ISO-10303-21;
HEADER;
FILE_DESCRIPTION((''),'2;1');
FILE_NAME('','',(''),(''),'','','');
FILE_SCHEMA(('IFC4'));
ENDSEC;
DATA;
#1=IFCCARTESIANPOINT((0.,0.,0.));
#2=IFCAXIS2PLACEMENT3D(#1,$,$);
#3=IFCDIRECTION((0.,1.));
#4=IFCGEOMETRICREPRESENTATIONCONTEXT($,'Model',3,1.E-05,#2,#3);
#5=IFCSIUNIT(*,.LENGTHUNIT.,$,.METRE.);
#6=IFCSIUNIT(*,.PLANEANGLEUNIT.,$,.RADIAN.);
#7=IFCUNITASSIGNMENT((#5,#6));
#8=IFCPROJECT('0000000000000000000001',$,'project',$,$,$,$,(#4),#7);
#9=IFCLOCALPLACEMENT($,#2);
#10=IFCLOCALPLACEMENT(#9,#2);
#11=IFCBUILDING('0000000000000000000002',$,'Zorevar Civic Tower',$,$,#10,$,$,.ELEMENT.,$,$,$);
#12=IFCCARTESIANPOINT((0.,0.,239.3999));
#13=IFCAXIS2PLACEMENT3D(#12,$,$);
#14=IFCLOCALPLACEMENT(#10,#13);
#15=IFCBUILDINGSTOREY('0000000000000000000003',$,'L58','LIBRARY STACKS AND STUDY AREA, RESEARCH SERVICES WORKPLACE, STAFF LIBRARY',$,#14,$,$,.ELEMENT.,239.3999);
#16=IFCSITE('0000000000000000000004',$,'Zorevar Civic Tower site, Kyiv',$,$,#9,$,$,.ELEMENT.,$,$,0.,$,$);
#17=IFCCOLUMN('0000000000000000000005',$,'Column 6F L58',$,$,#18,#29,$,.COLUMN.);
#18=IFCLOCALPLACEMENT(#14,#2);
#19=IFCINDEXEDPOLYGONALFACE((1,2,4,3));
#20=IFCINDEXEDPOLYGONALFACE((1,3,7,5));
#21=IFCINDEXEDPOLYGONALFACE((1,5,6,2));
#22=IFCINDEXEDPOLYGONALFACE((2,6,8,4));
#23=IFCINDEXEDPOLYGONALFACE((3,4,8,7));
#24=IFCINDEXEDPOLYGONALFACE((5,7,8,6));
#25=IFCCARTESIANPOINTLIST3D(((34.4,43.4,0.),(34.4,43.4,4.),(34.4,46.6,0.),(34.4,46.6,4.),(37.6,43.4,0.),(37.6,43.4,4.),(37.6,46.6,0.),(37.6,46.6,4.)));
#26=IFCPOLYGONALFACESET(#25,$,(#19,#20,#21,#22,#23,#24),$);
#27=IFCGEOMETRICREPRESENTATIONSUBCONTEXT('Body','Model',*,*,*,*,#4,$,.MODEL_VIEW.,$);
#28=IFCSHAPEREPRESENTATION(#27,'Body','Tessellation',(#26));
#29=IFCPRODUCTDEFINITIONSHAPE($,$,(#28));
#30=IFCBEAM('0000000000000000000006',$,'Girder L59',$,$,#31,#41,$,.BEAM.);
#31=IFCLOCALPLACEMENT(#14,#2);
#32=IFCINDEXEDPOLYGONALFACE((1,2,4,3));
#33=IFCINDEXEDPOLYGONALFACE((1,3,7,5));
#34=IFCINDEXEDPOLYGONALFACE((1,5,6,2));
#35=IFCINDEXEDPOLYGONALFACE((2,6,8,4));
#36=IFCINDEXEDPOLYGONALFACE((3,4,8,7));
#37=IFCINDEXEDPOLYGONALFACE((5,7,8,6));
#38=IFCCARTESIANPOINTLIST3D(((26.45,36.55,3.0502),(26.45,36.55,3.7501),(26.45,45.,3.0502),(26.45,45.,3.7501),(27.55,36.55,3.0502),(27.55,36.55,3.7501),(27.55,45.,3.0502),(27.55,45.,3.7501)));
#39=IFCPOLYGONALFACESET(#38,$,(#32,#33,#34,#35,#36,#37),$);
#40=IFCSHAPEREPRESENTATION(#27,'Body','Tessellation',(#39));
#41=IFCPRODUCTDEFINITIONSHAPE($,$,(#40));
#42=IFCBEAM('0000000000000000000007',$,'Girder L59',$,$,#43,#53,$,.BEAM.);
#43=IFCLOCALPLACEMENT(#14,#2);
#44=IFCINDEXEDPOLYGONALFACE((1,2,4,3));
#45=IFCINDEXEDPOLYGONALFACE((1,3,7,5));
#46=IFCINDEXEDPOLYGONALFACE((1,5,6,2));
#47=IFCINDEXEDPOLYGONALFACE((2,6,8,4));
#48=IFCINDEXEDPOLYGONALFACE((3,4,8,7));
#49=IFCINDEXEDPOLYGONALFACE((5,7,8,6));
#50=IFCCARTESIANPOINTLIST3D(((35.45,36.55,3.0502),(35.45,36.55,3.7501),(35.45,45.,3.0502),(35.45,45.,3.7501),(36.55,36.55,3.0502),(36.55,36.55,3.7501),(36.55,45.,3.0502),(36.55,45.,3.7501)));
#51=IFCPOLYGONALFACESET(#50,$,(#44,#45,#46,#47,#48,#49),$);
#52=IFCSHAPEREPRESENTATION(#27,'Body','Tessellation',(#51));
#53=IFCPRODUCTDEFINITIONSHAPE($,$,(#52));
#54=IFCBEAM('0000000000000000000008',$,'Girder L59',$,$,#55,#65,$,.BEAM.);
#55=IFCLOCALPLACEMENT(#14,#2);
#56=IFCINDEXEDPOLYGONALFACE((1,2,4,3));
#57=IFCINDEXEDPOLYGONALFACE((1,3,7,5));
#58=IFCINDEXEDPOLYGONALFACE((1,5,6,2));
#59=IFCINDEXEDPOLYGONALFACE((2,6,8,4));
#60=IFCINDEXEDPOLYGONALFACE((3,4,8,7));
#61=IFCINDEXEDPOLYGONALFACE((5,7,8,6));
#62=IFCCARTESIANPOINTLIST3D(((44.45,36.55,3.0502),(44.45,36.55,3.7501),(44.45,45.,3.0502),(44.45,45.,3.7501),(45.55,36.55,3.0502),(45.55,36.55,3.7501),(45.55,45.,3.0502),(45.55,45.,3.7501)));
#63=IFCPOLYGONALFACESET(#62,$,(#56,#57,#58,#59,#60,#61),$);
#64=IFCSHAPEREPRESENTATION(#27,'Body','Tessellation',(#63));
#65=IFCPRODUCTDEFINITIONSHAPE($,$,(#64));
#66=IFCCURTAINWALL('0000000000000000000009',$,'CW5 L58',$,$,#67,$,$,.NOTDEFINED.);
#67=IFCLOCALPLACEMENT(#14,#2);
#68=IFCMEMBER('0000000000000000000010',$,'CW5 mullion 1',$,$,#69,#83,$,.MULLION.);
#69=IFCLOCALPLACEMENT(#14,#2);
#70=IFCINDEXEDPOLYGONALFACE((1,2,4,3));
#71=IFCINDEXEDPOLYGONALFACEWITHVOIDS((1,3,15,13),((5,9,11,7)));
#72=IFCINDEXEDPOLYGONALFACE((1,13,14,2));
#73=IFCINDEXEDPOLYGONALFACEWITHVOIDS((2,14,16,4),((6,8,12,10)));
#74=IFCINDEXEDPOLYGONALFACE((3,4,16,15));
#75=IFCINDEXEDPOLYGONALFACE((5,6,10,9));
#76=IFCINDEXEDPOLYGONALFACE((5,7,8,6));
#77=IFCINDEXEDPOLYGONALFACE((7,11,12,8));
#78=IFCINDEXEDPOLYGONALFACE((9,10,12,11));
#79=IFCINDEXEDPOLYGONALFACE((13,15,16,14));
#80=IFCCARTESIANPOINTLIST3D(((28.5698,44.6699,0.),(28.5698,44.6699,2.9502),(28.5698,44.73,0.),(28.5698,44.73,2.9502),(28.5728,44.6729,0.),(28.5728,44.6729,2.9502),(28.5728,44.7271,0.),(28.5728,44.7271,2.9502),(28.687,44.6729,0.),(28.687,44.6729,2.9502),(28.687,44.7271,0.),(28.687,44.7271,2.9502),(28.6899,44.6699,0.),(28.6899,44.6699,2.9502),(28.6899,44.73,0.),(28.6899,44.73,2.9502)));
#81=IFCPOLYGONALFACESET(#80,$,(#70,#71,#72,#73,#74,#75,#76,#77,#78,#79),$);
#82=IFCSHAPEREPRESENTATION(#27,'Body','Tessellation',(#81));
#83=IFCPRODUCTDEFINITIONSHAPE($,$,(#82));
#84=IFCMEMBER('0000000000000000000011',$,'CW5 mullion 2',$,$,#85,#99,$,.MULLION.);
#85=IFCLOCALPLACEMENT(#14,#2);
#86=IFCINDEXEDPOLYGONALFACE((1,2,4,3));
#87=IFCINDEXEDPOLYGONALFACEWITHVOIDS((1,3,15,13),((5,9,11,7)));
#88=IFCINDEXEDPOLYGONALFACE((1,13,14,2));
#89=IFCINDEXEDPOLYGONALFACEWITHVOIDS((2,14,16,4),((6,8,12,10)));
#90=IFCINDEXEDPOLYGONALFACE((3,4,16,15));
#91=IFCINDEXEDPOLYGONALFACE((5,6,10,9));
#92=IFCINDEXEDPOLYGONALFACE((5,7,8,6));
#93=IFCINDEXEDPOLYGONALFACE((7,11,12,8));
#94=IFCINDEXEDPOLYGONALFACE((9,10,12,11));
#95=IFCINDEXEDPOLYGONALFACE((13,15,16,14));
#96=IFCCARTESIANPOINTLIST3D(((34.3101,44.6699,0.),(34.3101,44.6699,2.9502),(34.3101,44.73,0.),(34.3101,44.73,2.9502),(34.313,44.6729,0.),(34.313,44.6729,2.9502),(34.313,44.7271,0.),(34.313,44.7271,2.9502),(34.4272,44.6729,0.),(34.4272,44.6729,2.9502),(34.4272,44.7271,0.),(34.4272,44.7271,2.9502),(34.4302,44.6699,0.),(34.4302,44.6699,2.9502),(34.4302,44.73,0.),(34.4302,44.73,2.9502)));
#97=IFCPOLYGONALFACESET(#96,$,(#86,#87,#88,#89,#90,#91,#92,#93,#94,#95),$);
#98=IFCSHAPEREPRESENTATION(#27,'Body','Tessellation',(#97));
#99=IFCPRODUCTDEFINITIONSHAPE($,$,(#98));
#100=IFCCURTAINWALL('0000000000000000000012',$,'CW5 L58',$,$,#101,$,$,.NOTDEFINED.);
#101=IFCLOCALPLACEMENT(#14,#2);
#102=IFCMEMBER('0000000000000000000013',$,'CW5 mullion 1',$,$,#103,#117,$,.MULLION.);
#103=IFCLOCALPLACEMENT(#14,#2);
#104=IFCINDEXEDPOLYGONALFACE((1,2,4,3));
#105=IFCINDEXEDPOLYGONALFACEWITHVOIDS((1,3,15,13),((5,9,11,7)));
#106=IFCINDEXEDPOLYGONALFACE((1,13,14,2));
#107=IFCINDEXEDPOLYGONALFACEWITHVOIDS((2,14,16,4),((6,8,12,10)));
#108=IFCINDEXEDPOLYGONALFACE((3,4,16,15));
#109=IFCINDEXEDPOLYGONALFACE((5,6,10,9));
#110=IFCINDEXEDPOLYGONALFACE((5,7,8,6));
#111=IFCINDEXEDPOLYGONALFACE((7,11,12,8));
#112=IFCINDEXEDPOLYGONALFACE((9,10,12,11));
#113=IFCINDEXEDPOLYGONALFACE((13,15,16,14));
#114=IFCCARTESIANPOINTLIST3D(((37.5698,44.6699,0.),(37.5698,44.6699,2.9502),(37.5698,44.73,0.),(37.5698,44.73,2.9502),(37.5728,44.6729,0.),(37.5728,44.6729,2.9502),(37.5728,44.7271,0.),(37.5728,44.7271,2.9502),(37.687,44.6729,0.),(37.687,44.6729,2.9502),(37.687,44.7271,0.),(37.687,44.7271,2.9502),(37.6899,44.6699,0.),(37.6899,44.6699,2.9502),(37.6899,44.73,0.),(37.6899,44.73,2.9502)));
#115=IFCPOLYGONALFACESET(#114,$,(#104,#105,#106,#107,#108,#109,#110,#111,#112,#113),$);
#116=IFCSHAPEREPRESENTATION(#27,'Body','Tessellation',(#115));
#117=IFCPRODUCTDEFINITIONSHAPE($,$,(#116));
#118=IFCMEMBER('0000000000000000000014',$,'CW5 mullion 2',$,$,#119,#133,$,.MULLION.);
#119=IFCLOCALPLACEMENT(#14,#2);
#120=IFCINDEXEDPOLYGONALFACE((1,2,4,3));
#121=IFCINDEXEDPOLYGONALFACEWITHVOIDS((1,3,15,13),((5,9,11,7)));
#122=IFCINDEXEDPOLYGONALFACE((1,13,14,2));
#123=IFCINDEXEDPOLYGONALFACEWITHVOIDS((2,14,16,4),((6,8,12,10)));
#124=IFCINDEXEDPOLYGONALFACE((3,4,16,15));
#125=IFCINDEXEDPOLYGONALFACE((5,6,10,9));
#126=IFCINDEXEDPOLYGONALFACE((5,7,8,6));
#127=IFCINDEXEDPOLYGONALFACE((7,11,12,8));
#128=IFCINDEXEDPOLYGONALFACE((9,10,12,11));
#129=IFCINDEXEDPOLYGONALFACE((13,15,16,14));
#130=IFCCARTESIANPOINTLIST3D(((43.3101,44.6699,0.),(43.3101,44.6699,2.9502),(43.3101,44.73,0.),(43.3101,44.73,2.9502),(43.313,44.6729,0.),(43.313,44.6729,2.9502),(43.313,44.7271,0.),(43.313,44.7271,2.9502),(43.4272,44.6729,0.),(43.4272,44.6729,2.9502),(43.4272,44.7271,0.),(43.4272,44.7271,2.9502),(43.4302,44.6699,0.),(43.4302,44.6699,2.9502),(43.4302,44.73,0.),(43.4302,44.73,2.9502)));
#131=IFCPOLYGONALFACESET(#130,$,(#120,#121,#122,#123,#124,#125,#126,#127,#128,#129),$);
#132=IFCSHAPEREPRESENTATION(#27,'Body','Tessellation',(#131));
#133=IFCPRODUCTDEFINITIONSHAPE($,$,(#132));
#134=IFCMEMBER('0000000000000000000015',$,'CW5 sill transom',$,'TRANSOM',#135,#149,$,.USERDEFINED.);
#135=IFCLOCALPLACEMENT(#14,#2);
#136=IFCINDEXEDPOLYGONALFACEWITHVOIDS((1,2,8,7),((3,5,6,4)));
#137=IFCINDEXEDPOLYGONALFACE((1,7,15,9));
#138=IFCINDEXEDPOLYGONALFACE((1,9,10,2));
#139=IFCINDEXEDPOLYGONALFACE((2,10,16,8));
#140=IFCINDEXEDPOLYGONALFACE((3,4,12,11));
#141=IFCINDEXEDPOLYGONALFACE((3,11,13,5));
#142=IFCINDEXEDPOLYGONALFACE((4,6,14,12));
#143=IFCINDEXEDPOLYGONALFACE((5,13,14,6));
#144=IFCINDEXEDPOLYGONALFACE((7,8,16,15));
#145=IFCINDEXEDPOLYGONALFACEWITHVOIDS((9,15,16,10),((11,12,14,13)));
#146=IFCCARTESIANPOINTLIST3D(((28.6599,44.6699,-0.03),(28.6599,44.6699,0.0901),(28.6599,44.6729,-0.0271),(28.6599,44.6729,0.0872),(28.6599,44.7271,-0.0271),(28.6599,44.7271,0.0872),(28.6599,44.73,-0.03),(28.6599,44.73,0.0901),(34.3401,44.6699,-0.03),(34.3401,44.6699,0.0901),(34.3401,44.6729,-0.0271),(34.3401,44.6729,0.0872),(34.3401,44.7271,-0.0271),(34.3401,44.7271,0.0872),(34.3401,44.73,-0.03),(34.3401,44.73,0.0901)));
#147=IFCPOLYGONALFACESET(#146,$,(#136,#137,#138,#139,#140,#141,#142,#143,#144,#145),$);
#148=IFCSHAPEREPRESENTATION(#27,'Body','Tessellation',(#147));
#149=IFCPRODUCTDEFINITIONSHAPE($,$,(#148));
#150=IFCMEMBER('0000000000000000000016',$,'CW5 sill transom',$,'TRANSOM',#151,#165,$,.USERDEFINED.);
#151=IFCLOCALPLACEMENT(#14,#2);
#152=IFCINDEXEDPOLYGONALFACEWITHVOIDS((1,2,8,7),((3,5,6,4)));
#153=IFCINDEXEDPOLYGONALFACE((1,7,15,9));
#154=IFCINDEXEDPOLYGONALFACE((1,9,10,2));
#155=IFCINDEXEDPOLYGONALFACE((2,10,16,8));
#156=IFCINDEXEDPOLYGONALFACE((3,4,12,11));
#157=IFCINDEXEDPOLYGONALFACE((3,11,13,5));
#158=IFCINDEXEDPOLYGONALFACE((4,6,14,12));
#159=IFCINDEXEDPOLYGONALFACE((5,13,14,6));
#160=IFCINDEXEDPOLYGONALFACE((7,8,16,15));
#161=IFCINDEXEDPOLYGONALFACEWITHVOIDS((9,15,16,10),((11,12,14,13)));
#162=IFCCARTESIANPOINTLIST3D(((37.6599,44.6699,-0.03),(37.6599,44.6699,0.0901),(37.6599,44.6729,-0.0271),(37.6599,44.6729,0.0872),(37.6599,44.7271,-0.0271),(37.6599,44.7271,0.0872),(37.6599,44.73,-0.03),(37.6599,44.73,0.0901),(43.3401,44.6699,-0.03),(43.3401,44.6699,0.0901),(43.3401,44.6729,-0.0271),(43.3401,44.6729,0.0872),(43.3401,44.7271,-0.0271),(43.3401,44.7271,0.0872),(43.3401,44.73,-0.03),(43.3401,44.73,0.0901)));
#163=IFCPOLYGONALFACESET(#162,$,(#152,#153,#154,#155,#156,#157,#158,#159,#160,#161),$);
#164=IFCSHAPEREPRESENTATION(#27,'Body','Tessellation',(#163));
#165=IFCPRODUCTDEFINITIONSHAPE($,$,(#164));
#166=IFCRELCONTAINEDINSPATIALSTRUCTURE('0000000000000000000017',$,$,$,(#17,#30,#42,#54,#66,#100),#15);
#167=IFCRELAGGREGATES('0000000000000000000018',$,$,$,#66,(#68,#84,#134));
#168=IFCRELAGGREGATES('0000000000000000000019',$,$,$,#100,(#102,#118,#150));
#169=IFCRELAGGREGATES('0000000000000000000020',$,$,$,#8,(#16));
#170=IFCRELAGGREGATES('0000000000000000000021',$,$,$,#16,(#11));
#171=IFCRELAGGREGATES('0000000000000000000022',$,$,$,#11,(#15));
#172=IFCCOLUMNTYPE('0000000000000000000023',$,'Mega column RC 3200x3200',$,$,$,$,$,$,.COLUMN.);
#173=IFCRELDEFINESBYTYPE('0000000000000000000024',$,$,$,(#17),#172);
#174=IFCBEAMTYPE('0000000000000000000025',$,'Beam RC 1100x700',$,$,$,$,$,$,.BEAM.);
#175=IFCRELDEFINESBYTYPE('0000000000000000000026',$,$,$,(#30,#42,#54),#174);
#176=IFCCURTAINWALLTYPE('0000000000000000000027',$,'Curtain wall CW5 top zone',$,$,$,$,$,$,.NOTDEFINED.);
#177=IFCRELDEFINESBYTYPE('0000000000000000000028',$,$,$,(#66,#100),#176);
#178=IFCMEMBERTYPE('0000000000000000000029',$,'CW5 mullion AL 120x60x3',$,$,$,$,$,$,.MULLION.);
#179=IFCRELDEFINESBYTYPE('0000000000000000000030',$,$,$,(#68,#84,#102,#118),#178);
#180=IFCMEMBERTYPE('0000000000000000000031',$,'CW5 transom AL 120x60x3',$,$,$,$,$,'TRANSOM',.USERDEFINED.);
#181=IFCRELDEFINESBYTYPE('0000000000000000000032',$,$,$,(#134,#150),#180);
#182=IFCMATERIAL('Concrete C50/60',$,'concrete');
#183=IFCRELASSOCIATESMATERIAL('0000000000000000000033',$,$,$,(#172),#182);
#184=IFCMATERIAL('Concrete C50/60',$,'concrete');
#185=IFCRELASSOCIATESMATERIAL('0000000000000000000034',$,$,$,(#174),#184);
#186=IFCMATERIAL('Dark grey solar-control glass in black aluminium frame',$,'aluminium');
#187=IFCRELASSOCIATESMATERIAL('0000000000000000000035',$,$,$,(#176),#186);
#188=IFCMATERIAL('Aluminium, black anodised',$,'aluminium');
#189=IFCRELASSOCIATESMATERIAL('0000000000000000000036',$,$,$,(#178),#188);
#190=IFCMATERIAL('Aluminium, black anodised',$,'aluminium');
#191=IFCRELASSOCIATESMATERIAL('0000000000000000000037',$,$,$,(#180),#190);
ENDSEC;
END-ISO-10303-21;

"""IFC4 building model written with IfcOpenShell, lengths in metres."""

from ifc_helpers import new_model, si_unit, direction, frame, origin, origin_2d, place, context, subcontext, project, spatial, rectangle, hollow_rectangle, extrude, material, material_profile, profile_set, type_object, element, aggregate, save


model = new_model("IFC4")

# Units and contexts
model_context = context("Model", 3, precision=1e-05, world=origin(), true_north=direction((0.0, 1.0)))
body_context = subcontext(model_context, "Body", "Model", "MODEL_VIEW")
ifc_project = project(units=[si_unit("LENGTHUNIT", "METRE"), si_unit("PLANEANGLEUNIT", "RADIAN")], contexts=[model_context])

# Site, building, storey
site_placement = place(None, origin())
site = spatial("IfcSite", under=ifc_project, at=site_placement, Name="Zorevar Civic Tower site, Kyiv", CompositionType="ELEMENT", RefElevation=0.0)
building_placement = place(site_placement, origin())
building = spatial("IfcBuilding", under=site, at=building_placement, Name="Zorevar Civic Tower", CompositionType="ELEMENT")
storey_placement = place(building_placement, frame((0.0, 0.0, 239.3999)))
storey = spatial("IfcBuildingStorey", under=building, at=storey_placement, Name="L58", Description="LIBRARY STACKS AND STUDY AREA, RESEARCH SERVICES WORKPLACE, STAFF LIBRARY", CompositionType="ELEMENT", Elevation=239.3999)

# Column
ifc_material_1 = material(Name="Concrete C50/60", Category="concrete")
ifc_material_profile_1 = material_profile(ifc_material_1, rectangle(XDim=3.2, YDim=3.2, at=origin_2d()), Name="RC 3200x3200")
ifc_profile_set_1 = profile_set([ifc_material_profile_1], Name="Concrete C50/60")
column_type = type_object("IfcColumnType", Name="Mega column RC 3200x3200", PredefinedType="COLUMN", material=ifc_profile_set_1)
column_placement = place(storey_placement, frame((36.0, 45.0, 0.0), z_axis=(0.0, 0.0, 1.0), x_axis=(1.0, 0.0, 0.0)))
element("IfcColumn", 1, at=column_placement, inside=storey, type_object=column_type, Name="Column 6F L58", PredefinedType="COLUMN", context=body_context, shape_type="SweptSolid", body=[
    extrude(rectangle(XDim=3.2, YDim=3.2, at=origin_2d()), origin(), (0.0, 0.0, 1.0), 4.0),
])

# Beams
ifc_material_2 = material(Name="Concrete C50/60", Category="concrete")
ifc_material_profile_2 = material_profile(ifc_material_2, rectangle(XDim=1.1001, YDim=0.7, at=origin_2d()), Name="RC 1100x700")
ifc_profile_set_2 = profile_set([ifc_material_profile_2], Name="Concrete C50/60")
beam_type_1 = type_object("IfcBeamType", Name="Beam RC 1100x700", PredefinedType="BEAM", material=ifc_profile_set_2)
for number, where, z_axis, x_axis, name in (
    (2, (27.0, 36.55, 3.4001), (0.0, 1.0, 0.0), (-1.0, 0.0, 0.0), "Girder L59"),
    (3, (36.0, 36.55, 3.4001), (0.0, 1.0, 0.0), (-1.0, 0.0, 0.0), "Girder L59"),
    (4, (45.0, 36.55, 3.4001), (0.0, 1.0, 0.0), (-1.0, 0.0, 0.0), "Girder L59"),
):
    element("IfcBeam", number, at=place(storey_placement, frame(where, z_axis=z_axis, x_axis=x_axis)), inside=storey, type_object=beam_type_1, Name=name, PredefinedType="BEAM", context=body_context, shape_type="SweptSolid", body=[
        extrude(rectangle(XDim=1.1001, YDim=0.7, at=origin_2d()), origin(), (0.0, 0.0, 1.0), 8.45),
    ])

# Curtain walls, members
ifc_material_3 = material(Name="Dark grey solar-control glass in black aluminium frame", Category="aluminium")
curtain_wall_type = type_object("IfcCurtainWallType", Name="Curtain wall CW5 top zone", PredefinedType="NOTDEFINED", material=ifc_material_3)
curtain_wall_1_placement = place(storey_placement, origin())
curtain_wall_1 = element("IfcCurtainWall", 5, at=curtain_wall_1_placement, inside=storey, type_object=curtain_wall_type, Name="CW5 L58", PredefinedType="NOTDEFINED")
ifc_material_4 = material(Name="Aluminium, black anodised", Category="aluminium")
ifc_material_profile_3 = material_profile(ifc_material_4, hollow_rectangle(XDim=0.0601, YDim=0.1201, WallThickness=0.0029, at=origin_2d()), Name="AL 120x60x3")
ifc_profile_set_3 = profile_set([ifc_material_profile_3], Name="Aluminium, black anodised")
member_type_1 = type_object("IfcMemberType", Name="CW5 mullion AL 120x60x3", PredefinedType="MULLION", material=ifc_profile_set_3)
member_1_placement = place(storey_placement, frame((28.6299, 44.7, 0.0), z_axis=(0.0, 0.0, 1.0), x_axis=(0.0, 1.0, 0.0)))
member_1 = element("IfcMember", 6, at=member_1_placement, type_object=member_type_1, Name="CW5 mullion 1", PredefinedType="MULLION", context=body_context, shape_type="SweptSolid", body=[
    extrude(hollow_rectangle(XDim=0.0601, YDim=0.1201, WallThickness=0.0029, at=origin_2d()), origin(), (0.0, 0.0, 1.0), 2.9502),
])
member_2_placement = place(storey_placement, frame((34.3701, 44.7, 0.0), z_axis=(0.0, 0.0, 1.0), x_axis=(0.0, 1.0, 0.0)))
member_2 = element("IfcMember", 7, at=member_2_placement, type_object=member_type_1, Name="CW5 mullion 2", PredefinedType="MULLION", context=body_context, shape_type="SweptSolid", body=[
    extrude(hollow_rectangle(XDim=0.0601, YDim=0.1201, WallThickness=0.0029, at=origin_2d()), origin(), (0.0, 0.0, 1.0), 2.9502),
])
curtain_wall_2_placement = place(storey_placement, origin())
curtain_wall_2 = element("IfcCurtainWall", 8, at=curtain_wall_2_placement, inside=storey, type_object=curtain_wall_type, Name="CW5 L58", PredefinedType="NOTDEFINED")
member_3_placement = place(storey_placement, frame((37.6299, 44.7, 0.0), z_axis=(0.0, 0.0, 1.0), x_axis=(0.0, 1.0, 0.0)))
member_3 = element("IfcMember", 9, at=member_3_placement, type_object=member_type_1, Name="CW5 mullion 1", PredefinedType="MULLION", context=body_context, shape_type="SweptSolid", body=[
    extrude(hollow_rectangle(XDim=0.0601, YDim=0.1201, WallThickness=0.0029, at=origin_2d()), origin(), (0.0, 0.0, 1.0), 2.9502),
])
member_4_placement = place(storey_placement, frame((43.3701, 44.7, 0.0), z_axis=(0.0, 0.0, 1.0), x_axis=(0.0, 1.0, 0.0)))
member_4 = element("IfcMember", 10, at=member_4_placement, type_object=member_type_1, Name="CW5 mullion 2", PredefinedType="MULLION", context=body_context, shape_type="SweptSolid", body=[
    extrude(hollow_rectangle(XDim=0.0601, YDim=0.1201, WallThickness=0.0029, at=origin_2d()), origin(), (0.0, 0.0, 1.0), 2.9502),
])

# Members
ifc_material_5 = material(Name="Aluminium, black anodised", Category="aluminium")
ifc_material_profile_4 = material_profile(ifc_material_5, hollow_rectangle(XDim=0.0601, YDim=0.1201, WallThickness=0.0029, at=origin_2d()), Name="AL 120x60x3")
ifc_profile_set_4 = profile_set([ifc_material_profile_4], Name="Aluminium, black anodised")
member_type_2 = type_object("IfcMemberType", Name="CW5 transom AL 120x60x3", ElementType="TRANSOM", PredefinedType="USERDEFINED", material=ifc_profile_set_4)
member_5_placement = place(storey_placement, frame((28.6599, 44.7, 0.03), z_axis=(1.0, 0.0, 0.0), x_axis=(0.0, 1.0, 0.0)))
member_5 = element("IfcMember", 11, at=member_5_placement, type_object=member_type_2, Name="CW5 sill transom", ObjectType="TRANSOM", PredefinedType="USERDEFINED", context=body_context, shape_type="SweptSolid", body=[
    extrude(hollow_rectangle(XDim=0.0601, YDim=0.1201, WallThickness=0.0029, at=origin_2d()), origin(), (0.0, 0.0, 1.0), 5.6802),
])
member_6_placement = place(storey_placement, frame((37.6599, 44.7, 0.03), z_axis=(1.0, 0.0, 0.0), x_axis=(0.0, 1.0, 0.0)))
member_6 = element("IfcMember", 12, at=member_6_placement, type_object=member_type_2, Name="CW5 sill transom", ObjectType="TRANSOM", PredefinedType="USERDEFINED", context=body_context, shape_type="SweptSolid", body=[
    extrude(hollow_rectangle(XDim=0.0601, YDim=0.1201, WallThickness=0.0029, at=origin_2d()), origin(), (0.0, 0.0, 1.0), 5.6802),
])

aggregate(curtain_wall_1, [member_1, member_2, member_5])
aggregate(curtain_wall_2, [member_3, member_4, member_6])

save(model, "model.ifc")
